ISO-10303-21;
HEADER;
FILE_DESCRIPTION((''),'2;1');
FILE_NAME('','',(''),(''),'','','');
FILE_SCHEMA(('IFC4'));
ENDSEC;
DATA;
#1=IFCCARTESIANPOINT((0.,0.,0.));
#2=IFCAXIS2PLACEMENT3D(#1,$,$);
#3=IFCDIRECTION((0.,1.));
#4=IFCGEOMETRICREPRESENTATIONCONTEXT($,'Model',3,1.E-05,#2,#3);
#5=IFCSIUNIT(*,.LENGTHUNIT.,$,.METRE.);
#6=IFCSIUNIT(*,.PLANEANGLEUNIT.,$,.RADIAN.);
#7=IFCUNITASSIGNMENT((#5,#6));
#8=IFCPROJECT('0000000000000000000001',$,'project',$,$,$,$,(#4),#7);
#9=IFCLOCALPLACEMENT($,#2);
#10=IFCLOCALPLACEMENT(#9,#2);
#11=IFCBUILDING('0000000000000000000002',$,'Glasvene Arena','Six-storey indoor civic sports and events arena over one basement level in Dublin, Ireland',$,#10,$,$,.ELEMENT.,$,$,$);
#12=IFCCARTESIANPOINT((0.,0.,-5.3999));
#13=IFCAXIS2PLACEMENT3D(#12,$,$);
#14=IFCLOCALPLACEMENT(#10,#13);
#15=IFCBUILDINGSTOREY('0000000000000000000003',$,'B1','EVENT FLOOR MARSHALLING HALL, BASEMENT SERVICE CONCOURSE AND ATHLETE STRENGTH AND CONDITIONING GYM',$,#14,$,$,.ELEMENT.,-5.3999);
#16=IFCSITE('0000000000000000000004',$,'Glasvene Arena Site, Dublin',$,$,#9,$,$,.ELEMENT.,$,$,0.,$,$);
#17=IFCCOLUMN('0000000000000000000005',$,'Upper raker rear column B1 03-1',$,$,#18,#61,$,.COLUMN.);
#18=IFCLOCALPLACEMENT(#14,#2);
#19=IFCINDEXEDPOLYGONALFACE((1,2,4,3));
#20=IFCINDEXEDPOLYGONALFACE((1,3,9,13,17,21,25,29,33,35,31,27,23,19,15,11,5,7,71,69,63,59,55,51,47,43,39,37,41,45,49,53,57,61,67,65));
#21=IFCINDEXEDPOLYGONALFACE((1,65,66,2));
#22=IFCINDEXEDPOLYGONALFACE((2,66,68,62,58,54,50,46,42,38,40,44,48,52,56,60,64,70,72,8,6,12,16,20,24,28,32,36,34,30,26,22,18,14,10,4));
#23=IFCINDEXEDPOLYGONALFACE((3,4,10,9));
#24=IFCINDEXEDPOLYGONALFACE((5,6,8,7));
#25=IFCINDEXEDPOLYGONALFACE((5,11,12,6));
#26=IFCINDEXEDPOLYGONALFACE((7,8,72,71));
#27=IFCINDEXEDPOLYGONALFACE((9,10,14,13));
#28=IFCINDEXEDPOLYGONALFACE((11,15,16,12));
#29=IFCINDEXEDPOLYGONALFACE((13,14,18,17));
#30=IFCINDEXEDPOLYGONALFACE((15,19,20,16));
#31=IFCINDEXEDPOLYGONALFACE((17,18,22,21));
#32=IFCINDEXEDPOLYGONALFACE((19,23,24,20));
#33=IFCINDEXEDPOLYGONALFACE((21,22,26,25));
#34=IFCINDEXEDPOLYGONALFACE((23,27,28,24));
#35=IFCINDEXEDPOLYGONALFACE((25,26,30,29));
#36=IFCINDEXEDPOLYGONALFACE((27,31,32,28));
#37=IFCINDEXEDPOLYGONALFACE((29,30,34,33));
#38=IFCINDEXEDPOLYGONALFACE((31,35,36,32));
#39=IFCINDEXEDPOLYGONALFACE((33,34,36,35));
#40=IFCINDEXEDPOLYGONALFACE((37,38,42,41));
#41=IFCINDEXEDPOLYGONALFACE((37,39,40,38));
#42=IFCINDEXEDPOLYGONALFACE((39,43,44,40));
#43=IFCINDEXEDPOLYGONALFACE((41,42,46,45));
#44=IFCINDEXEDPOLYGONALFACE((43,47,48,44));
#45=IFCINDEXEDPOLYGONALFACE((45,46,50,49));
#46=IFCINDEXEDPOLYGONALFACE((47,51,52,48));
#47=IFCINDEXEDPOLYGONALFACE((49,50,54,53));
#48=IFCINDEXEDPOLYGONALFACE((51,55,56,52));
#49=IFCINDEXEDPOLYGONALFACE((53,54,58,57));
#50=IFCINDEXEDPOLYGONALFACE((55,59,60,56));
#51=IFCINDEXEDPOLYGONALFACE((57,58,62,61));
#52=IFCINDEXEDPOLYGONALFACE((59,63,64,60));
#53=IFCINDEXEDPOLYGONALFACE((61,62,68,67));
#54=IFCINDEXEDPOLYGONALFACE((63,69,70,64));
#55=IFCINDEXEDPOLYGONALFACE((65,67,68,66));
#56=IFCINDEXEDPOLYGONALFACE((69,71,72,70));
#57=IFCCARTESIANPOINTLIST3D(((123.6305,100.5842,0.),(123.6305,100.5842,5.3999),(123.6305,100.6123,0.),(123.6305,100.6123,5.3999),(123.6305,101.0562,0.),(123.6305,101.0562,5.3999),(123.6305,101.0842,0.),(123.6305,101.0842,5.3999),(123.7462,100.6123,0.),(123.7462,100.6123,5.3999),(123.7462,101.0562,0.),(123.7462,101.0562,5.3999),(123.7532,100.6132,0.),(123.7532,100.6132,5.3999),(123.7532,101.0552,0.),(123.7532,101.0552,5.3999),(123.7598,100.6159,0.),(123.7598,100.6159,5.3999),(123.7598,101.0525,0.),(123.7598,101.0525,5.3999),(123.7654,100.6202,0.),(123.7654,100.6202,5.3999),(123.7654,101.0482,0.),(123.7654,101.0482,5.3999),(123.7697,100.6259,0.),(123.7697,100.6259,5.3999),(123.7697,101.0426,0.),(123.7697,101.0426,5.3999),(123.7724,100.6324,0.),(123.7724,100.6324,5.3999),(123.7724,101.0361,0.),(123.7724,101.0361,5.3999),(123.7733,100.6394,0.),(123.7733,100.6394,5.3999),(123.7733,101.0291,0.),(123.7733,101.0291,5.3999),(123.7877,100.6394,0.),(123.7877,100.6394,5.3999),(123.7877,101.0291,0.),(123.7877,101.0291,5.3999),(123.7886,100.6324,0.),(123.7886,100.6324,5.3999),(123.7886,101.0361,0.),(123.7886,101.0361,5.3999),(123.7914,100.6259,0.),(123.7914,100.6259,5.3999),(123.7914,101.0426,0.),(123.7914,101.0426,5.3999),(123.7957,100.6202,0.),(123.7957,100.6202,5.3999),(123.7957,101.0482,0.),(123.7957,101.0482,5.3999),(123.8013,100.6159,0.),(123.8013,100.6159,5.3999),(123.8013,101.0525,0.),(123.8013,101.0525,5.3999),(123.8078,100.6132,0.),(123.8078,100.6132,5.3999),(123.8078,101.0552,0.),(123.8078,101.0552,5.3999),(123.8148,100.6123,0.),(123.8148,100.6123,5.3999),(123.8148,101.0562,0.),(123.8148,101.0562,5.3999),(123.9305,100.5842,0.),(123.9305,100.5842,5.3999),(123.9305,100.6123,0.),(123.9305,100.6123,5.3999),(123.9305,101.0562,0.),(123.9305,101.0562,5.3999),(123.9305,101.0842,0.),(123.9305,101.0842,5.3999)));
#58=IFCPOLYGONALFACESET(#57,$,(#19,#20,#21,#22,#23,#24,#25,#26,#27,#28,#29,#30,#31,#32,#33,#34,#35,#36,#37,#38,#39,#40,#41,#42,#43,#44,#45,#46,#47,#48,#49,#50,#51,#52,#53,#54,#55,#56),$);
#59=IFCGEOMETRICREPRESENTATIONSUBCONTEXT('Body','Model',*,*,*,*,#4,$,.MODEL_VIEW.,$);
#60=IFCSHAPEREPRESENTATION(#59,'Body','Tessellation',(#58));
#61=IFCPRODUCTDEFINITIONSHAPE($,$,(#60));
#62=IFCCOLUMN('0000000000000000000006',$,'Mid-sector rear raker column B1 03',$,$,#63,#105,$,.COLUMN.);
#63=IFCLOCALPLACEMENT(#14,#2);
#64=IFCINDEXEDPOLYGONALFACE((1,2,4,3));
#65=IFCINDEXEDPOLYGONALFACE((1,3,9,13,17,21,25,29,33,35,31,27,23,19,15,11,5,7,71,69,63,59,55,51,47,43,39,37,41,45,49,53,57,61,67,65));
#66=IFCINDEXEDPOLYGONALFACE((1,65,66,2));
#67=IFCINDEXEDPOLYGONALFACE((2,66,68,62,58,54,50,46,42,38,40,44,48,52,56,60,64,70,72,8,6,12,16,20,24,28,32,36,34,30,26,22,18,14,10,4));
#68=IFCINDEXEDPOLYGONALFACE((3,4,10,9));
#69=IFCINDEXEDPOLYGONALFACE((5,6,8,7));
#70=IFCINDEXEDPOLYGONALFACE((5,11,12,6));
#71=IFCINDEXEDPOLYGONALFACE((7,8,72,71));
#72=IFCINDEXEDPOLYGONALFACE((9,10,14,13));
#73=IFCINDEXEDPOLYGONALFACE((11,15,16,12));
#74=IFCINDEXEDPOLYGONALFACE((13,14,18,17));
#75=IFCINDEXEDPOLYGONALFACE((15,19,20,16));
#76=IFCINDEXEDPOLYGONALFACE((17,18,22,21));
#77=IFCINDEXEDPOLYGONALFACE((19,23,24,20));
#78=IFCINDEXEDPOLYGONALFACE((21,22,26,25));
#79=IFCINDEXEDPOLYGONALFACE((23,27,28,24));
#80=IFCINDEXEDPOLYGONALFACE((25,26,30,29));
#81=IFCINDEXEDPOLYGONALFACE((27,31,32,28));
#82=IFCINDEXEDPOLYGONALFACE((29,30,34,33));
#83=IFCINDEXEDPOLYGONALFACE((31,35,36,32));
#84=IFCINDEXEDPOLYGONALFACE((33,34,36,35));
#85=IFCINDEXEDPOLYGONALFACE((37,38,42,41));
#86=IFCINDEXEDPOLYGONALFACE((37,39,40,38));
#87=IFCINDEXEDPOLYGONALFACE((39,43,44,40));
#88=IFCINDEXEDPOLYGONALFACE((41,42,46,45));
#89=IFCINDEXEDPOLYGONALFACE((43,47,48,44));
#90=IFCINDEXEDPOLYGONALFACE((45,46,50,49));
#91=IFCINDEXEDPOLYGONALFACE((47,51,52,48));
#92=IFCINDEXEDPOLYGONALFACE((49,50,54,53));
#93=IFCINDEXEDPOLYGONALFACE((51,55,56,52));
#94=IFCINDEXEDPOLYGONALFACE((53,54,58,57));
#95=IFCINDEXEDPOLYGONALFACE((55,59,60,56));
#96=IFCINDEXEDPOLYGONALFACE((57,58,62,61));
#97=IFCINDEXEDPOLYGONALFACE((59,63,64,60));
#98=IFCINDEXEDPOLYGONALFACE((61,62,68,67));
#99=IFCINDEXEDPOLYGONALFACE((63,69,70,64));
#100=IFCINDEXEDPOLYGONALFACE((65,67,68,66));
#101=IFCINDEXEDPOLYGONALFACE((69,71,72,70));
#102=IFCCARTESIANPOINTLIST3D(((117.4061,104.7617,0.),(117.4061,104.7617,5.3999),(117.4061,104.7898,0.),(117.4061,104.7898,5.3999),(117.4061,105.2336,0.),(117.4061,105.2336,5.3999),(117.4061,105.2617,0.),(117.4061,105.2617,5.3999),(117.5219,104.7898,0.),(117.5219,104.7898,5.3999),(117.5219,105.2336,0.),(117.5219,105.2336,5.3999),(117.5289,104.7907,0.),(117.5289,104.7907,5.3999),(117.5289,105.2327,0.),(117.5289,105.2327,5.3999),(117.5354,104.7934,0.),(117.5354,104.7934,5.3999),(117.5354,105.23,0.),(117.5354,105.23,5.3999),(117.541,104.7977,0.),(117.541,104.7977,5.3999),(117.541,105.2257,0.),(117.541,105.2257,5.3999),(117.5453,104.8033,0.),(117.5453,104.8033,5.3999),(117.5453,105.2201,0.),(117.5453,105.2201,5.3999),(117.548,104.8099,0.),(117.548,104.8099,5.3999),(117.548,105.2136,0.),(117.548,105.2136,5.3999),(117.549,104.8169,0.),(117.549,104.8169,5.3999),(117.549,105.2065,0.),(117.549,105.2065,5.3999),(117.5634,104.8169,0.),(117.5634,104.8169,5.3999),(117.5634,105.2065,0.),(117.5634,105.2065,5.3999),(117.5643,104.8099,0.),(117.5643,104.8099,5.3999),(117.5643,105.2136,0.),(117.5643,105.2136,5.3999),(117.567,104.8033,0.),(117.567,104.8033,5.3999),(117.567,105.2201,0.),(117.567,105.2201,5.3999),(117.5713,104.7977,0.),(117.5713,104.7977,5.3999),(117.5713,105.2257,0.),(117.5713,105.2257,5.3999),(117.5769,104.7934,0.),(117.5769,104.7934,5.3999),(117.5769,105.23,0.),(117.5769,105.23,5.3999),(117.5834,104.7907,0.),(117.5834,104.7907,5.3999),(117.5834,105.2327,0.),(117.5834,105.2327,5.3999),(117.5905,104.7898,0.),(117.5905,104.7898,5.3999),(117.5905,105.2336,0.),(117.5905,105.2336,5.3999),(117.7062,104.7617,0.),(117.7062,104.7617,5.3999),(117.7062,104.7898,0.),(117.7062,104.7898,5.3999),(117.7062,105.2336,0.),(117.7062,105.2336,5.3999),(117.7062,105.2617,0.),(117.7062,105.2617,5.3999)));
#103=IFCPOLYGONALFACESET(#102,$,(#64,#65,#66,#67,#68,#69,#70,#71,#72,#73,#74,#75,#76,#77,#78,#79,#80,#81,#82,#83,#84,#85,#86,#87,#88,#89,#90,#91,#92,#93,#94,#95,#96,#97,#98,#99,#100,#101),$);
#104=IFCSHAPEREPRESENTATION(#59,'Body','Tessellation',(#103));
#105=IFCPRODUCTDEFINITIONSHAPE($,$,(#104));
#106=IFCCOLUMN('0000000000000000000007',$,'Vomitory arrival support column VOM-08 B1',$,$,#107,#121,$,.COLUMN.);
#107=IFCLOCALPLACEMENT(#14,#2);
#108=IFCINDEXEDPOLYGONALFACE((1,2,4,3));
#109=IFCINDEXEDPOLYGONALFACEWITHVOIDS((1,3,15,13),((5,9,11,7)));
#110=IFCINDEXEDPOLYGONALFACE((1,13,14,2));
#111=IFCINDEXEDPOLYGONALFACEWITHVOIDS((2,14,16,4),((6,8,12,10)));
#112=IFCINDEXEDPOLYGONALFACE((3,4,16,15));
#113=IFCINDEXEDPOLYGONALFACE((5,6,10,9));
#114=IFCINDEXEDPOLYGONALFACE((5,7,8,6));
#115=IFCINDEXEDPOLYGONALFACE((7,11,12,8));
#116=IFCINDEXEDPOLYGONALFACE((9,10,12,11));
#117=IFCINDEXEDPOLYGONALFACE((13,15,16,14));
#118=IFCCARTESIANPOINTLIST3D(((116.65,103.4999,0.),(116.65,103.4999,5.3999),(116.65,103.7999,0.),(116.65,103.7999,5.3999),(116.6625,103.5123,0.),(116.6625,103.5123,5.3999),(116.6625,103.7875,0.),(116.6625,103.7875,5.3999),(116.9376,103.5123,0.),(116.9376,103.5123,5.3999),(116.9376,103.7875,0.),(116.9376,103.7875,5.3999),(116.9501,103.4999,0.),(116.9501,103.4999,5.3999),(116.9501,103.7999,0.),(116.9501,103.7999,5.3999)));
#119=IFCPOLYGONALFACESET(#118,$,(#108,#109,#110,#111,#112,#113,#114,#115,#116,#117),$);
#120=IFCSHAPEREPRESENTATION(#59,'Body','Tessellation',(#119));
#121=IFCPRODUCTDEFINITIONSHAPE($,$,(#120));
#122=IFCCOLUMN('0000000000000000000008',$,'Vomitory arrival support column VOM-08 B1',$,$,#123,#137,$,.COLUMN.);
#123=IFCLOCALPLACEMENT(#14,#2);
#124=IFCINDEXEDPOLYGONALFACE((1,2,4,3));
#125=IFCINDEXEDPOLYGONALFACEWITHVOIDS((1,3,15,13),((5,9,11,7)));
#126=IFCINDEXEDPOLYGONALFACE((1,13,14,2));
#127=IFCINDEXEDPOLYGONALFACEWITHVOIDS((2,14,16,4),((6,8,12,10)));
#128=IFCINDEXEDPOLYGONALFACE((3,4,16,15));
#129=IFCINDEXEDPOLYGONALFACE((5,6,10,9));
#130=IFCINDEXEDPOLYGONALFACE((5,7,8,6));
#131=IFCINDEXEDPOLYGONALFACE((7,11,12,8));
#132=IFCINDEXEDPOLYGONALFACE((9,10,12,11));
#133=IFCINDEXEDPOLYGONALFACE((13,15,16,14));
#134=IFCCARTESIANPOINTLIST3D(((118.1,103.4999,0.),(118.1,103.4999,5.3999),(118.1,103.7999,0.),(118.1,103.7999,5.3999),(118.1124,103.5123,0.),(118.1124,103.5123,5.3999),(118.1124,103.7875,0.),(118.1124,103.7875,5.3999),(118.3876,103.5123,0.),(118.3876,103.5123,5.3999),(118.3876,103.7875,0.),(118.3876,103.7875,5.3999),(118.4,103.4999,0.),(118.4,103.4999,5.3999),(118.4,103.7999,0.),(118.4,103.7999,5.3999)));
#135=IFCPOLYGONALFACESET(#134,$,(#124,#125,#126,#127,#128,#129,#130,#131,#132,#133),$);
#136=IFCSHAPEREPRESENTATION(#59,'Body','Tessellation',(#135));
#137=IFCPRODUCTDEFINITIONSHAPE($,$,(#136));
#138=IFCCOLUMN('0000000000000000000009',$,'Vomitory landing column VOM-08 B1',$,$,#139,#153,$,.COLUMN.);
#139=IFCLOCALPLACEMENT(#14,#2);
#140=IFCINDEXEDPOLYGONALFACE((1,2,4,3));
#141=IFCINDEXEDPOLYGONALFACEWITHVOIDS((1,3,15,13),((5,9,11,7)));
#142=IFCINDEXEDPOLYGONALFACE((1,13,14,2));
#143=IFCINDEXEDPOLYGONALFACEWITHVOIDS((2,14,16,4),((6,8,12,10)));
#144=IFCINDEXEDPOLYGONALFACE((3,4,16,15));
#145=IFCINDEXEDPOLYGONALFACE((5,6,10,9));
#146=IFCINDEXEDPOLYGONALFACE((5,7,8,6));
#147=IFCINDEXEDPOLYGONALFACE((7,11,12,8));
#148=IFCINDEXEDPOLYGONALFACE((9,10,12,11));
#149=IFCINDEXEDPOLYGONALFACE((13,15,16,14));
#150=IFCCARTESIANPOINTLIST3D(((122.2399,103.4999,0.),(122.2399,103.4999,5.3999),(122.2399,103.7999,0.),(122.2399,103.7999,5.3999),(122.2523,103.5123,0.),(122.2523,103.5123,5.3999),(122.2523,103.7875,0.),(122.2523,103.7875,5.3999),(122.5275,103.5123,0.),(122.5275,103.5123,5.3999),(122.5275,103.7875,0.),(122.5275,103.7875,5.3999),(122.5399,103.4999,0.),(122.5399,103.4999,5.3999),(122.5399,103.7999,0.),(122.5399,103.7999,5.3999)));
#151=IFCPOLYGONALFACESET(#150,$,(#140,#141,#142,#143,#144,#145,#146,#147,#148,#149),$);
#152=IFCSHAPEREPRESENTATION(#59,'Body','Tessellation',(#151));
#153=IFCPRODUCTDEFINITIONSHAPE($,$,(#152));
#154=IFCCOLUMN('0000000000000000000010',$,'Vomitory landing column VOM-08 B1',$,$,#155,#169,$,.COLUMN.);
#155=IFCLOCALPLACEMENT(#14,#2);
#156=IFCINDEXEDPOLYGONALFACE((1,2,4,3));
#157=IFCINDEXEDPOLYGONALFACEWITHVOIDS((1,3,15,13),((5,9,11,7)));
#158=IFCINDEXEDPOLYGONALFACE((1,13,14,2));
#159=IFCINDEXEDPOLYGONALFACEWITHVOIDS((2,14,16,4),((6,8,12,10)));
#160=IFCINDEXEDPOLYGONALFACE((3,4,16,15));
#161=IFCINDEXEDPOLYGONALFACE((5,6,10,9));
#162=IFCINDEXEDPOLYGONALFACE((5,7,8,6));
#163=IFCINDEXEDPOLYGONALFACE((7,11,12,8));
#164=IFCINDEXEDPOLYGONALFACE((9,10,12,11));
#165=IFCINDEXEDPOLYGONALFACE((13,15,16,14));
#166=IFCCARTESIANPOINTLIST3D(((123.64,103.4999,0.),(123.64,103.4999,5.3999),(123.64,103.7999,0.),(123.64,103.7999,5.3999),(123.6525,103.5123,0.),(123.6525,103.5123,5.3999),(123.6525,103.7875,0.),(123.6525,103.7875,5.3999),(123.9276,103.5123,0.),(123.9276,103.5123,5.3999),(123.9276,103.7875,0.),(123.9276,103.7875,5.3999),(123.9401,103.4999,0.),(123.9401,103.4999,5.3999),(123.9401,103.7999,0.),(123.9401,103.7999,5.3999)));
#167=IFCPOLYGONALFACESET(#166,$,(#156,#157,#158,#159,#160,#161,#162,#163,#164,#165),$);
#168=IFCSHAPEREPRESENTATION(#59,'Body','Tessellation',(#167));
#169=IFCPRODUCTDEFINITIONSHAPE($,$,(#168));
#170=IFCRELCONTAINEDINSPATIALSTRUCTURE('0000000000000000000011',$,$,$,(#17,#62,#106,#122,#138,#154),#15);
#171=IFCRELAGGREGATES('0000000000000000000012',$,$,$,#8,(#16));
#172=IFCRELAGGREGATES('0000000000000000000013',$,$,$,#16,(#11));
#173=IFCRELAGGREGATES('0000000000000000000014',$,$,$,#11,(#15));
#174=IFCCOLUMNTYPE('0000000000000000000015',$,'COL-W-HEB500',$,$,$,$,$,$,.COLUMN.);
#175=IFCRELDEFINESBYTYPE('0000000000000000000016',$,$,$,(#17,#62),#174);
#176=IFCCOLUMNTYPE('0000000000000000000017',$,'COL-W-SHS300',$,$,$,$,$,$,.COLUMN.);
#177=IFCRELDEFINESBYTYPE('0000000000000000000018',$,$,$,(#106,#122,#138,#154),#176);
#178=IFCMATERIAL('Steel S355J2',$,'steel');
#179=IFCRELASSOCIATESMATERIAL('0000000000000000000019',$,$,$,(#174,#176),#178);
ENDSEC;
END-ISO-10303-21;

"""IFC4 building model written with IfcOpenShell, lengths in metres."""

from ifc_helpers import new_model, si_unit, direction, frame, origin, origin_2d, place, context, subcontext, project, spatial, hollow_rectangle, i_section, extrude, material, material_profile, profile_set, type_object, element, save


model = new_model("IFC4")

# Units and contexts
model_context = context("Model", 3, precision=1e-05, world=origin(), true_north=direction((0.0, 1.0)))
body_context = subcontext(model_context, "Body", "Model", "MODEL_VIEW")
ifc_project = project(units=[si_unit("LENGTHUNIT", "METRE"), si_unit("PLANEANGLEUNIT", "RADIAN")], contexts=[model_context])

# Site, building, storey
site_placement = place(None, origin())
site = spatial("IfcSite", under=ifc_project, at=site_placement, Name="Glasvene Arena Site, Dublin", CompositionType="ELEMENT", RefElevation=0.0)
building_placement = place(site_placement, origin())
building = spatial("IfcBuilding", under=site, at=building_placement, Name="Glasvene Arena", Description="Six-storey indoor civic sports and events arena over one basement level in Dublin, Ireland", CompositionType="ELEMENT")
storey_placement = place(building_placement, frame((0.0, 0.0, -5.3999)))
storey = spatial("IfcBuildingStorey", under=building, at=storey_placement, Name="B1", Description="EVENT FLOOR MARSHALLING HALL, BASEMENT SERVICE CONCOURSE AND ATHLETE STRENGTH AND CONDITIONING GYM", CompositionType="ELEMENT", Elevation=-5.3999)

# Columns
ifc_material_1 = material(Name="Steel S355J2", Category="steel")
ifc_material_profile_1 = material_profile(ifc_material_1, i_section(OverallWidth=0.3, OverallDepth=0.5, WebThickness=0.0144, FlangeThickness=0.0281, FilletRadius=0.0271, at=origin_2d()), Name="HEB 500")
ifc_profile_set_1 = profile_set([ifc_material_profile_1], Name="Steel S355J2")
column_type_1 = type_object("IfcColumnType", Name="COL-W-HEB500", PredefinedType="COLUMN", material=ifc_profile_set_1)
for number, where, z_axis, x_axis, name in (
    (1, (123.7805, 100.8342, 0.0), (0.0, 0.0, 1.0), (1.0, 0.0, 0.0), "Upper raker rear column B1 03-1"),
    (2, (117.5562, 105.0117, 0.0), (0.0, 0.0, 1.0), (1.0, 0.0, 0.0), "Mid-sector rear raker column B1 03"),
):
    element("IfcColumn", number, at=place(storey_placement, frame(where, z_axis=z_axis, x_axis=x_axis)), inside=storey, type_object=column_type_1, Name=name, PredefinedType="COLUMN", context=body_context, shape_type="SweptSolid", body=[
        extrude(i_section(OverallWidth=0.3, OverallDepth=0.5, WebThickness=0.0144, FlangeThickness=0.0281, FilletRadius=0.0271, at=origin_2d()), origin(), (0.0, 0.0, 1.0), 5.3999),
    ])
ifc_material_profile_2 = material_profile(ifc_material_1, hollow_rectangle(XDim=0.3, YDim=0.3, WallThickness=0.0125, at=origin_2d()), Name="SHS 300x300x12.5")
ifc_profile_set_2 = profile_set([ifc_material_profile_2], Name="Steel S355J2")
column_type_2 = type_object("IfcColumnType", Name="COL-W-SHS300", PredefinedType="COLUMN", material=ifc_profile_set_2)
for number, where, z_axis, x_axis, name in (
    (3, (116.8, 103.6499, 0.0), (0.0, 0.0, 1.0), (1.0, 0.0, 0.0), "Vomitory arrival support column VOM-08 B1"),
    (4, (118.25, 103.6499, 0.0), (0.0, 0.0, 1.0), (1.0, 0.0, 0.0), "Vomitory arrival support column VOM-08 B1"),
    (5, (122.3899, 103.6499, 0.0), (0.0, 0.0, 1.0), (1.0, 0.0, 0.0), "Vomitory landing column VOM-08 B1"),
    (6, (123.79, 103.6499, 0.0), (0.0, 0.0, 1.0), (1.0, 0.0, 0.0), "Vomitory landing column VOM-08 B1"),
):
    element("IfcColumn", number, at=place(storey_placement, frame(where, z_axis=z_axis, x_axis=x_axis)), inside=storey, type_object=column_type_2, Name=name, PredefinedType="COLUMN", context=body_context, shape_type="SweptSolid", body=[
        extrude(hollow_rectangle(XDim=0.3, YDim=0.3, WallThickness=0.0125, at=origin_2d()), origin(), (0.0, 0.0, 1.0), 5.3999),
    ])

save(model, "model.ifc")
